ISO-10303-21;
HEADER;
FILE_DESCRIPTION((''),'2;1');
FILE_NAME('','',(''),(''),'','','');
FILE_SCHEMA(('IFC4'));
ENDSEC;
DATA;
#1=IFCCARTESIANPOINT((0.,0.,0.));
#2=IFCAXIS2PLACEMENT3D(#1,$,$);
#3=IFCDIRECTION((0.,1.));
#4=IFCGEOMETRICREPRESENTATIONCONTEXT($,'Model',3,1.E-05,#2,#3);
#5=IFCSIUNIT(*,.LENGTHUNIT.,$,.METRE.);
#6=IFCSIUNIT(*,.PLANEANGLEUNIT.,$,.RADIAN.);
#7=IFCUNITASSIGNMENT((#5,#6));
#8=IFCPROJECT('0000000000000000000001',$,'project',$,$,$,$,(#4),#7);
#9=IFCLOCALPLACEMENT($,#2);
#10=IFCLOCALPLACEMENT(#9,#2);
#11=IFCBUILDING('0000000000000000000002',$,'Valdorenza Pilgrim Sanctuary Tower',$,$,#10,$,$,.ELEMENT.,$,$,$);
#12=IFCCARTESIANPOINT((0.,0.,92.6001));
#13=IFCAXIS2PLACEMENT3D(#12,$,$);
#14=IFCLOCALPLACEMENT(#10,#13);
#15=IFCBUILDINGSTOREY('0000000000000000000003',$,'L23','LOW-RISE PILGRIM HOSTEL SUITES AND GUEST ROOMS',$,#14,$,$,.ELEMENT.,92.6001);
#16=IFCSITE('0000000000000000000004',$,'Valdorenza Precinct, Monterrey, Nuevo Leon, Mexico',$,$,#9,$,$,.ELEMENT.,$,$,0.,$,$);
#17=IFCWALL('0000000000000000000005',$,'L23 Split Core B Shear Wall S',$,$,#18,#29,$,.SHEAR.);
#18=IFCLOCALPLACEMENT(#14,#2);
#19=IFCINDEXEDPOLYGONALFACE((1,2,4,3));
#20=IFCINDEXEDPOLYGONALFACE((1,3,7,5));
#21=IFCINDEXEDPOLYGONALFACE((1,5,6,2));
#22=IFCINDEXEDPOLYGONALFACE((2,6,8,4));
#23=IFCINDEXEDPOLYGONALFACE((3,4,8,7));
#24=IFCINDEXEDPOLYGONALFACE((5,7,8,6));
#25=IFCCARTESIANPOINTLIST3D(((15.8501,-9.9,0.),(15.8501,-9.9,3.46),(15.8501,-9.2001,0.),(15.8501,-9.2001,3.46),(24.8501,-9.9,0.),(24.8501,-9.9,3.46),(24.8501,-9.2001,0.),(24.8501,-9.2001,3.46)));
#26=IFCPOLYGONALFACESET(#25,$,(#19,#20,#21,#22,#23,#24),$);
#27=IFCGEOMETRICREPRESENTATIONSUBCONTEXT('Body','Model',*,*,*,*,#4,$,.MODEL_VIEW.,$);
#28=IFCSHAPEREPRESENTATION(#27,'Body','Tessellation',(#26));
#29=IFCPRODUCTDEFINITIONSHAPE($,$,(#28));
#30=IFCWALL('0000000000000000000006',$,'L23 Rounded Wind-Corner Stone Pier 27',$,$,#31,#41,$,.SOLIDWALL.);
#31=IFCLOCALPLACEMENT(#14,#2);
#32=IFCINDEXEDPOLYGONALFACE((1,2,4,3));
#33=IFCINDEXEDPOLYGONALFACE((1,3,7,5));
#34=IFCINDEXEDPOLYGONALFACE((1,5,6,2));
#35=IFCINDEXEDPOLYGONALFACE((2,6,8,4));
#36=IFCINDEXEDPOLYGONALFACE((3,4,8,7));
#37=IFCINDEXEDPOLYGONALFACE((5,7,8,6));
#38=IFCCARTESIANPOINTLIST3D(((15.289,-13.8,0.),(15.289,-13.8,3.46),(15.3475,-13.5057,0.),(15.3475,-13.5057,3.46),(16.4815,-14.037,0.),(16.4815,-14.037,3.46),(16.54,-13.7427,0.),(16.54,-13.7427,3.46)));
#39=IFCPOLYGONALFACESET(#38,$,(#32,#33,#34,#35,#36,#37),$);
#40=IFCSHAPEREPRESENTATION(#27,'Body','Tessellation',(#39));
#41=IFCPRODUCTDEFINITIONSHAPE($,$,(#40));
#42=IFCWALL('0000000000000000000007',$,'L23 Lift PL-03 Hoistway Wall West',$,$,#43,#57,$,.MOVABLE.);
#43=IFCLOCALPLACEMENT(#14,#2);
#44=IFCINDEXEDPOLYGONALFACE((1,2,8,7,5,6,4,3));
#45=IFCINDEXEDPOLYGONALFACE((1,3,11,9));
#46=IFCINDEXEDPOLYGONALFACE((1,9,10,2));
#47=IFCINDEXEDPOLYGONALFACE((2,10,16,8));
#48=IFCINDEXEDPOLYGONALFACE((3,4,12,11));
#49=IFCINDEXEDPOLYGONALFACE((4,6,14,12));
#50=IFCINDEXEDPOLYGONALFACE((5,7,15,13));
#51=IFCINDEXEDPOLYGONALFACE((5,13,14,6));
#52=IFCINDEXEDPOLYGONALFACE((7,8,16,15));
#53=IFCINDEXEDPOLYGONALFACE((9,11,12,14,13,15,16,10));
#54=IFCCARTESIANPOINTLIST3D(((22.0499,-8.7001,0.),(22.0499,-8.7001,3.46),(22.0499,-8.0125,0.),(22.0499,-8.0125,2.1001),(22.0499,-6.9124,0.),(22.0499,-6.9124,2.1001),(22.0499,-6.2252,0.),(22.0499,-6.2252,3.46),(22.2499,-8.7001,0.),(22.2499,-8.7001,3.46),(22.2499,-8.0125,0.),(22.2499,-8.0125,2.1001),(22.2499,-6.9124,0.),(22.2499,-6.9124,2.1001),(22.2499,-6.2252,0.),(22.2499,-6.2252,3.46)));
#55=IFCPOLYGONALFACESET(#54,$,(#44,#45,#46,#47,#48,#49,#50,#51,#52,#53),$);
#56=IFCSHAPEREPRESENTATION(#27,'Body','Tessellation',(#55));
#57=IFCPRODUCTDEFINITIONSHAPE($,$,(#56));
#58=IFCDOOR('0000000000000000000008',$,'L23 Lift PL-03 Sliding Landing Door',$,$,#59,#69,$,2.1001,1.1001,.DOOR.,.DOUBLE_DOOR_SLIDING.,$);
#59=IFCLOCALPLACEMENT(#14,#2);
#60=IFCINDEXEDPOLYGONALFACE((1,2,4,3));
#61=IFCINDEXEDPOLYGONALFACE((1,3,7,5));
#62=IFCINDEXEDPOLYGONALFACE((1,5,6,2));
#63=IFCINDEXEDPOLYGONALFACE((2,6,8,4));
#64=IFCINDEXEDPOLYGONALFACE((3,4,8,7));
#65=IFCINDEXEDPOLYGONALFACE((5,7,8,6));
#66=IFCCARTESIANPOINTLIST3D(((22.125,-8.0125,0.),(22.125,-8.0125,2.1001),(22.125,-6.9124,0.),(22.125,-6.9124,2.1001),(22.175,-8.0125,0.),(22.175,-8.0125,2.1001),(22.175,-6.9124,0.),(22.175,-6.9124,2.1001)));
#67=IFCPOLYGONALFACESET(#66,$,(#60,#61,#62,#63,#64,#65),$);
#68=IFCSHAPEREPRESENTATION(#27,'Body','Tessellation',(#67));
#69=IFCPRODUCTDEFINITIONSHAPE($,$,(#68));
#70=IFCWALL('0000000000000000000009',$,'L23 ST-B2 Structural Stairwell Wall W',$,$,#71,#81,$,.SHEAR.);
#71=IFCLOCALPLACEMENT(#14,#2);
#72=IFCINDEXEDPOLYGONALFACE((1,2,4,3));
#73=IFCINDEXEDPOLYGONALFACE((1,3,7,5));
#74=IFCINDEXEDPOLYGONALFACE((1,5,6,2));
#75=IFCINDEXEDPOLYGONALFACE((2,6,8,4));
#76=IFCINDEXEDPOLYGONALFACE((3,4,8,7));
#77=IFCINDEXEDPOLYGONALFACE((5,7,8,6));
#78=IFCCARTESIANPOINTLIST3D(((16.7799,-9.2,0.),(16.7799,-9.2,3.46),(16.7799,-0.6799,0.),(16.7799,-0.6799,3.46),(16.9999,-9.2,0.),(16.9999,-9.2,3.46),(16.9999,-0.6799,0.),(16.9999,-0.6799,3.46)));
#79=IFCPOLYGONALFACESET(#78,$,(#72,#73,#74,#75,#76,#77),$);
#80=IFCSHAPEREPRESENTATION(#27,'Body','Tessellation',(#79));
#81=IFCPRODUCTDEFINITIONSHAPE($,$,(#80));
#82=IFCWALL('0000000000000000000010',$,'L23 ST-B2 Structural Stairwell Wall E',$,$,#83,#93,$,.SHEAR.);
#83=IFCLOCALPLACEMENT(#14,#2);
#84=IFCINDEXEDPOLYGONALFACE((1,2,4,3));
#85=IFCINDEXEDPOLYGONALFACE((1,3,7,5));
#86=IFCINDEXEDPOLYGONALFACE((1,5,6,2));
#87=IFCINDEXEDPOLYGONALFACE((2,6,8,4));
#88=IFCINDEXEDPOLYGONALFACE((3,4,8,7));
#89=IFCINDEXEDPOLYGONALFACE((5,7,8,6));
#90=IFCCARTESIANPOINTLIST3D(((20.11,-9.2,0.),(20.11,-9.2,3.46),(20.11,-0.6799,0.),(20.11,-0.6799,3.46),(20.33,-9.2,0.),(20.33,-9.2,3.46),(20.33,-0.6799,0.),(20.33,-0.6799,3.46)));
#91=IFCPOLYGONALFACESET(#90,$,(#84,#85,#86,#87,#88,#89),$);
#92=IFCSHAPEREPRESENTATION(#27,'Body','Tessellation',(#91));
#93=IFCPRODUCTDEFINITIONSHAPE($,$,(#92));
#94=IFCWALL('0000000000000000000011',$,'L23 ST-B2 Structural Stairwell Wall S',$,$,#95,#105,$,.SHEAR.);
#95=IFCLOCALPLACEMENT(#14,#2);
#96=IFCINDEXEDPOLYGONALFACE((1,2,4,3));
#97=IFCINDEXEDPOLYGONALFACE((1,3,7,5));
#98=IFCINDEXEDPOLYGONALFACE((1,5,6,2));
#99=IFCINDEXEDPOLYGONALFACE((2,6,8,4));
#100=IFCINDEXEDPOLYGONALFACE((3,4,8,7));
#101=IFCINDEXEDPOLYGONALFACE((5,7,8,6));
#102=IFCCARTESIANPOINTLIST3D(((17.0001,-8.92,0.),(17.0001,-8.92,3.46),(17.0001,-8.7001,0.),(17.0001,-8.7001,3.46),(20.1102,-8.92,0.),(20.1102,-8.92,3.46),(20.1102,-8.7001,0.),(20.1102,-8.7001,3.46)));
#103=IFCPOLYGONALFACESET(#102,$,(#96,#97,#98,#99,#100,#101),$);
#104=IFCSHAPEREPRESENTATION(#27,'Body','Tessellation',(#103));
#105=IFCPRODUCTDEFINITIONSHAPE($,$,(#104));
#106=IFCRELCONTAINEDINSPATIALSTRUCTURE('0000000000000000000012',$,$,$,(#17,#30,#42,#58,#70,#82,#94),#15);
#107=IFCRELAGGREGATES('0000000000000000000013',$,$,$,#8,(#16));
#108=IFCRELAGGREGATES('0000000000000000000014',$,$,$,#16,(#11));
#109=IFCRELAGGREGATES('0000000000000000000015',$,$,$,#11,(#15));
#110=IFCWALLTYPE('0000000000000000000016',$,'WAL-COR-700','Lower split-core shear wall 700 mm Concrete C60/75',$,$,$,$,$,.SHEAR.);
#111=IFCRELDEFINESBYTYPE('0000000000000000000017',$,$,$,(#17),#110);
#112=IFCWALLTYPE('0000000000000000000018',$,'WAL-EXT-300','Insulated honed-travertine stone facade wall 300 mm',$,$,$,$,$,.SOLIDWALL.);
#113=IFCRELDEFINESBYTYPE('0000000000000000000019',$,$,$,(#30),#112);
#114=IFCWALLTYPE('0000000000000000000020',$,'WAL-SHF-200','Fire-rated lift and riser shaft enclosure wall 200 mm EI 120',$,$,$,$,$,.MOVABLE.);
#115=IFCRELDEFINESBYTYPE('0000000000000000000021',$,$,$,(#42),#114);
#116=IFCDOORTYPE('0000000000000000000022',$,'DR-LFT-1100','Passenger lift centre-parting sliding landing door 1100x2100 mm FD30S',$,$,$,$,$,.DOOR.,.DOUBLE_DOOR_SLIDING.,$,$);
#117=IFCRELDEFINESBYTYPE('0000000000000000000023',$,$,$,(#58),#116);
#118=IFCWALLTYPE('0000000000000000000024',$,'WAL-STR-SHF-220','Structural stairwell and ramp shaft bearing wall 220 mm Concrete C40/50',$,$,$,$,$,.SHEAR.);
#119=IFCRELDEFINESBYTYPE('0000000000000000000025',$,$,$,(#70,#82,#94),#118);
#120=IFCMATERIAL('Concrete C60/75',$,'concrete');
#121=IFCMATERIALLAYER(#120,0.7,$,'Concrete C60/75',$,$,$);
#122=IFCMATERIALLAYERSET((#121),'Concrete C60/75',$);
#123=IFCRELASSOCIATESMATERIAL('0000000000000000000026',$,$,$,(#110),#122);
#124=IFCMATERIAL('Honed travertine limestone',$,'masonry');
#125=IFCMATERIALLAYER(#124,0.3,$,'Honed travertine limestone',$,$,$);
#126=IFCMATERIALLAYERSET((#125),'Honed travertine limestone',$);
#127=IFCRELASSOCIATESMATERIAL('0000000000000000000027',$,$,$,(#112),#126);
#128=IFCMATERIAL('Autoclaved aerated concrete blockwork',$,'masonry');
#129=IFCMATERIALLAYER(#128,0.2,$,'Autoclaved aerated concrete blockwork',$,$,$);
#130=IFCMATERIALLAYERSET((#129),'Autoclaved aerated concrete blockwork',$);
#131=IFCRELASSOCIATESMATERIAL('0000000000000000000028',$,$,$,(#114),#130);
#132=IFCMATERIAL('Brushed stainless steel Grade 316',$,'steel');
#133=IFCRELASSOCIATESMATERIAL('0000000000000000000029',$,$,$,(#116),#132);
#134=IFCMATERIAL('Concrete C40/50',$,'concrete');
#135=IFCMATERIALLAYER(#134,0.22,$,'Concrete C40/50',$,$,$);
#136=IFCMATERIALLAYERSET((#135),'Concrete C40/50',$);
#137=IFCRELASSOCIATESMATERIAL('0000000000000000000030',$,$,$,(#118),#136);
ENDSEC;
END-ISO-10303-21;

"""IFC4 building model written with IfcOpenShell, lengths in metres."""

from ifc_helpers import new_model, si_unit, direction, frame, frame_2d, origin, place, context, subcontext, project, spatial, rectangle, extrude, material, layer, layer_set, type_object, element, fill, save


model = new_model("IFC4")

# Units and contexts
model_context = context("Model", 3, precision=1e-05, world=origin(), true_north=direction((0.0, 1.0)))
body_context = subcontext(model_context, "Body", "Model", "MODEL_VIEW")
ifc_project = project(units=[si_unit("LENGTHUNIT", "METRE"), si_unit("PLANEANGLEUNIT", "RADIAN")], contexts=[model_context])

# Site, building, storey
site_placement = place(None, origin())
site = spatial("IfcSite", under=ifc_project, at=site_placement, Name="Valdorenza Precinct, Monterrey, Nuevo Leon, Mexico", CompositionType="ELEMENT", RefElevation=0.0)
building_placement = place(site_placement, origin())
building = spatial("IfcBuilding", under=site, at=building_placement, Name="Valdorenza Pilgrim Sanctuary Tower", CompositionType="ELEMENT")
storey_placement = place(building_placement, frame((0.0, 0.0, 92.6001)))
storey = spatial("IfcBuildingStorey", under=building, at=storey_placement, Name="L23", Description="LOW-RISE PILGRIM HOSTEL SUITES AND GUEST ROOMS", CompositionType="ELEMENT", Elevation=92.6001)

# Shared definitions
ifc_material_1 = material(Name="Concrete C60/75", Category="concrete")

# Walls
ifc_layer_1 = layer(ifc_material_1, 0.7, Name="Concrete C60/75")
ifc_layer_set_1 = layer_set([ifc_layer_1], Name="Concrete C60/75")
wall_type_1 = type_object("IfcWallType", Name="WAL-COR-700", Description="Lower split-core shear wall 700 mm Concrete C60/75", PredefinedType="SHEAR", material=ifc_layer_set_1)
wall_1_placement = place(storey_placement, frame((15.8501, -9.55, 0.0), z_axis=(0.0, 0.0, 1.0), x_axis=(1.0, 0.0, 0.0)))
element("IfcWall", 1, at=wall_1_placement, inside=storey, type_object=wall_type_1, Name="L23 Split Core B Shear Wall S", PredefinedType="SHEAR", context=body_context, shape_type="SweptSolid", body=[
    extrude(rectangle(XDim=9.0, YDim=0.7, at=frame_2d((4.5, 0.0))), origin(), (0.0, 0.0, 1.0), 3.46),
])
ifc_material_2 = material(Name="Honed travertine limestone", Category="masonry")
ifc_layer_2 = layer(ifc_material_2, 0.3, Name="Honed travertine limestone")
ifc_layer_set_2 = layer_set([ifc_layer_2], Name="Honed travertine limestone")
wall_type_2 = type_object("IfcWallType", Name="WAL-EXT-300", Description="Insulated honed-travertine stone facade wall 300 mm", PredefinedType="SOLIDWALL", material=ifc_layer_set_2)
wall_2_placement = place(storey_placement, frame((16.5107, -13.8899, 0.0), z_axis=(0.0, 0.0, 1.0), x_axis=(-0.980804, 0.194996, 0.0)))
element("IfcWall", 2, at=wall_2_placement, inside=storey, type_object=wall_type_2, Name="L23 Rounded Wind-Corner Stone Pier 27", PredefinedType="SOLIDWALL", context=body_context, shape_type="SweptSolid", body=[
    extrude(rectangle(XDim=1.2158, YDim=0.3, at=frame_2d((0.6079, 0.0))), origin(), (0.0, 0.0, 1.0), 3.46),
])

# Wall, opening, door
ifc_material_3 = material(Name="Autoclaved aerated concrete blockwork", Category="masonry")
ifc_layer_3 = layer(ifc_material_3, 0.2, Name="Autoclaved aerated concrete blockwork")
ifc_layer_set_3 = layer_set([ifc_layer_3], Name="Autoclaved aerated concrete blockwork")
wall_type_3 = type_object("IfcWallType", Name="WAL-SHF-200", Description="Fire-rated lift and riser shaft enclosure wall 200 mm EI 120", PredefinedType="MOVABLE", material=ifc_layer_set_3)
wall_3_placement = place(storey_placement, frame((22.1499, -8.7, 0.0), z_axis=(0.0, 0.0, 1.0), x_axis=(0.0, 1.0, 0.0)))
wall_3 = element("IfcWall", 3, at=wall_3_placement, inside=storey, type_object=wall_type_3, Name="L23 Lift PL-03 Hoistway Wall West", PredefinedType="MOVABLE", context=body_context, shape_type="SweptSolid", body=[
    extrude(rectangle(XDim=2.4749, YDim=0.2, at=frame_2d((1.2373, 0.0))), origin(), (0.0, 0.0, 1.0), 3.46),
])
opening_placement = place(wall_3_placement, frame((0.6875, 0.0, 0.0)))
opening = element("IfcOpeningElement", 4, at=opening_placement, cuts=wall_3, PredefinedType="OPENING", context=body_context, shape_type="SweptSolid", body=[
    extrude(rectangle(XDim=1.1001, YDim=2.1001, at=frame_2d((0.55, 1.05))), frame((0.0, 0.1147, 0.0), z_axis=(0.0, -1.0, 0.0), x_axis=(1.0, 0.0, 0.0)), (0.0, 0.0, 1.0), 0.2297),
])
ifc_material_4 = material(Name="Brushed stainless steel Grade 316", Category="steel")
door_type = type_object("IfcDoorType", Name="DR-LFT-1100", Description="Passenger lift centre-parting sliding landing door 1100x2100 mm FD30S", OperationType="DOUBLE_DOOR_SLIDING", PredefinedType="DOOR", material=ifc_material_4)
door_placement = place(opening_placement, origin())
door = element("IfcDoor", 5, at=door_placement, inside=storey, type_object=door_type, Name="L23 Lift PL-03 Sliding Landing Door", OperationType="DOUBLE_DOOR_SLIDING", OverallHeight=2.1001, OverallWidth=1.1001, PredefinedType="DOOR", context=body_context, shape_type="SweptSolid", body=[
    extrude(rectangle(XDim=1.1001, YDim=2.1001, at=frame_2d((0.55, 1.05))), frame((0.0, 0.0249, 0.0), z_axis=(0.0, -1.0, 0.0), x_axis=(1.0, 0.0, 0.0)), (0.0, 0.0, 1.0), 0.05),
])
fill(opening, door)

# Walls
ifc_material_5 = material(Name="Concrete C40/50", Category="concrete")
ifc_layer_4 = layer(ifc_material_5, 0.22, Name="Concrete C40/50")
ifc_layer_set_4 = layer_set([ifc_layer_4], Name="Concrete C40/50")
wall_type_4 = type_object("IfcWallType", Name="WAL-STR-SHF-220", Description="Structural stairwell and ramp shaft bearing wall 220 mm Concrete C40/50", PredefinedType="SHEAR", material=ifc_layer_set_4)
for number, where, z_axis, x_axis, name in (
    (6, (16.8899, -9.2, 0.0), (0.0, 0.0, 1.0), (0.0, 1.0, 0.0), "L23 ST-B2 Structural Stairwell Wall W"),
    (7, (20.22, -9.2, 0.0), (0.0, 0.0, 1.0), (0.0, 1.0, 0.0), "L23 ST-B2 Structural Stairwell Wall E"),
):
    element("IfcWall", number, at=place(storey_placement, frame(where, z_axis=z_axis, x_axis=x_axis)), inside=storey, type_object=wall_type_4, Name=name, PredefinedType="SHEAR", context=body_context, shape_type="SweptSolid", body=[
        extrude(rectangle(XDim=8.52, YDim=0.22, at=frame_2d((4.26, 0.0))), origin(), (0.0, 0.0, 1.0), 3.46),
    ])
wall_4_placement = place(storey_placement, frame((17.0, -8.8101, 0.0), z_axis=(0.0, 0.0, 1.0), x_axis=(1.0, 0.0, 0.0)))
element("IfcWall", 8, at=wall_4_placement, inside=storey, type_object=wall_type_4, Name="L23 ST-B2 Structural Stairwell Wall S", PredefinedType="SHEAR", context=body_context, shape_type="SweptSolid", body=[
    extrude(rectangle(XDim=3.1101, YDim=0.22, at=frame_2d((1.5552, 0.0))), origin(), (0.0, 0.0, 1.0), 3.46),
])

save(model, "model.ifc")
